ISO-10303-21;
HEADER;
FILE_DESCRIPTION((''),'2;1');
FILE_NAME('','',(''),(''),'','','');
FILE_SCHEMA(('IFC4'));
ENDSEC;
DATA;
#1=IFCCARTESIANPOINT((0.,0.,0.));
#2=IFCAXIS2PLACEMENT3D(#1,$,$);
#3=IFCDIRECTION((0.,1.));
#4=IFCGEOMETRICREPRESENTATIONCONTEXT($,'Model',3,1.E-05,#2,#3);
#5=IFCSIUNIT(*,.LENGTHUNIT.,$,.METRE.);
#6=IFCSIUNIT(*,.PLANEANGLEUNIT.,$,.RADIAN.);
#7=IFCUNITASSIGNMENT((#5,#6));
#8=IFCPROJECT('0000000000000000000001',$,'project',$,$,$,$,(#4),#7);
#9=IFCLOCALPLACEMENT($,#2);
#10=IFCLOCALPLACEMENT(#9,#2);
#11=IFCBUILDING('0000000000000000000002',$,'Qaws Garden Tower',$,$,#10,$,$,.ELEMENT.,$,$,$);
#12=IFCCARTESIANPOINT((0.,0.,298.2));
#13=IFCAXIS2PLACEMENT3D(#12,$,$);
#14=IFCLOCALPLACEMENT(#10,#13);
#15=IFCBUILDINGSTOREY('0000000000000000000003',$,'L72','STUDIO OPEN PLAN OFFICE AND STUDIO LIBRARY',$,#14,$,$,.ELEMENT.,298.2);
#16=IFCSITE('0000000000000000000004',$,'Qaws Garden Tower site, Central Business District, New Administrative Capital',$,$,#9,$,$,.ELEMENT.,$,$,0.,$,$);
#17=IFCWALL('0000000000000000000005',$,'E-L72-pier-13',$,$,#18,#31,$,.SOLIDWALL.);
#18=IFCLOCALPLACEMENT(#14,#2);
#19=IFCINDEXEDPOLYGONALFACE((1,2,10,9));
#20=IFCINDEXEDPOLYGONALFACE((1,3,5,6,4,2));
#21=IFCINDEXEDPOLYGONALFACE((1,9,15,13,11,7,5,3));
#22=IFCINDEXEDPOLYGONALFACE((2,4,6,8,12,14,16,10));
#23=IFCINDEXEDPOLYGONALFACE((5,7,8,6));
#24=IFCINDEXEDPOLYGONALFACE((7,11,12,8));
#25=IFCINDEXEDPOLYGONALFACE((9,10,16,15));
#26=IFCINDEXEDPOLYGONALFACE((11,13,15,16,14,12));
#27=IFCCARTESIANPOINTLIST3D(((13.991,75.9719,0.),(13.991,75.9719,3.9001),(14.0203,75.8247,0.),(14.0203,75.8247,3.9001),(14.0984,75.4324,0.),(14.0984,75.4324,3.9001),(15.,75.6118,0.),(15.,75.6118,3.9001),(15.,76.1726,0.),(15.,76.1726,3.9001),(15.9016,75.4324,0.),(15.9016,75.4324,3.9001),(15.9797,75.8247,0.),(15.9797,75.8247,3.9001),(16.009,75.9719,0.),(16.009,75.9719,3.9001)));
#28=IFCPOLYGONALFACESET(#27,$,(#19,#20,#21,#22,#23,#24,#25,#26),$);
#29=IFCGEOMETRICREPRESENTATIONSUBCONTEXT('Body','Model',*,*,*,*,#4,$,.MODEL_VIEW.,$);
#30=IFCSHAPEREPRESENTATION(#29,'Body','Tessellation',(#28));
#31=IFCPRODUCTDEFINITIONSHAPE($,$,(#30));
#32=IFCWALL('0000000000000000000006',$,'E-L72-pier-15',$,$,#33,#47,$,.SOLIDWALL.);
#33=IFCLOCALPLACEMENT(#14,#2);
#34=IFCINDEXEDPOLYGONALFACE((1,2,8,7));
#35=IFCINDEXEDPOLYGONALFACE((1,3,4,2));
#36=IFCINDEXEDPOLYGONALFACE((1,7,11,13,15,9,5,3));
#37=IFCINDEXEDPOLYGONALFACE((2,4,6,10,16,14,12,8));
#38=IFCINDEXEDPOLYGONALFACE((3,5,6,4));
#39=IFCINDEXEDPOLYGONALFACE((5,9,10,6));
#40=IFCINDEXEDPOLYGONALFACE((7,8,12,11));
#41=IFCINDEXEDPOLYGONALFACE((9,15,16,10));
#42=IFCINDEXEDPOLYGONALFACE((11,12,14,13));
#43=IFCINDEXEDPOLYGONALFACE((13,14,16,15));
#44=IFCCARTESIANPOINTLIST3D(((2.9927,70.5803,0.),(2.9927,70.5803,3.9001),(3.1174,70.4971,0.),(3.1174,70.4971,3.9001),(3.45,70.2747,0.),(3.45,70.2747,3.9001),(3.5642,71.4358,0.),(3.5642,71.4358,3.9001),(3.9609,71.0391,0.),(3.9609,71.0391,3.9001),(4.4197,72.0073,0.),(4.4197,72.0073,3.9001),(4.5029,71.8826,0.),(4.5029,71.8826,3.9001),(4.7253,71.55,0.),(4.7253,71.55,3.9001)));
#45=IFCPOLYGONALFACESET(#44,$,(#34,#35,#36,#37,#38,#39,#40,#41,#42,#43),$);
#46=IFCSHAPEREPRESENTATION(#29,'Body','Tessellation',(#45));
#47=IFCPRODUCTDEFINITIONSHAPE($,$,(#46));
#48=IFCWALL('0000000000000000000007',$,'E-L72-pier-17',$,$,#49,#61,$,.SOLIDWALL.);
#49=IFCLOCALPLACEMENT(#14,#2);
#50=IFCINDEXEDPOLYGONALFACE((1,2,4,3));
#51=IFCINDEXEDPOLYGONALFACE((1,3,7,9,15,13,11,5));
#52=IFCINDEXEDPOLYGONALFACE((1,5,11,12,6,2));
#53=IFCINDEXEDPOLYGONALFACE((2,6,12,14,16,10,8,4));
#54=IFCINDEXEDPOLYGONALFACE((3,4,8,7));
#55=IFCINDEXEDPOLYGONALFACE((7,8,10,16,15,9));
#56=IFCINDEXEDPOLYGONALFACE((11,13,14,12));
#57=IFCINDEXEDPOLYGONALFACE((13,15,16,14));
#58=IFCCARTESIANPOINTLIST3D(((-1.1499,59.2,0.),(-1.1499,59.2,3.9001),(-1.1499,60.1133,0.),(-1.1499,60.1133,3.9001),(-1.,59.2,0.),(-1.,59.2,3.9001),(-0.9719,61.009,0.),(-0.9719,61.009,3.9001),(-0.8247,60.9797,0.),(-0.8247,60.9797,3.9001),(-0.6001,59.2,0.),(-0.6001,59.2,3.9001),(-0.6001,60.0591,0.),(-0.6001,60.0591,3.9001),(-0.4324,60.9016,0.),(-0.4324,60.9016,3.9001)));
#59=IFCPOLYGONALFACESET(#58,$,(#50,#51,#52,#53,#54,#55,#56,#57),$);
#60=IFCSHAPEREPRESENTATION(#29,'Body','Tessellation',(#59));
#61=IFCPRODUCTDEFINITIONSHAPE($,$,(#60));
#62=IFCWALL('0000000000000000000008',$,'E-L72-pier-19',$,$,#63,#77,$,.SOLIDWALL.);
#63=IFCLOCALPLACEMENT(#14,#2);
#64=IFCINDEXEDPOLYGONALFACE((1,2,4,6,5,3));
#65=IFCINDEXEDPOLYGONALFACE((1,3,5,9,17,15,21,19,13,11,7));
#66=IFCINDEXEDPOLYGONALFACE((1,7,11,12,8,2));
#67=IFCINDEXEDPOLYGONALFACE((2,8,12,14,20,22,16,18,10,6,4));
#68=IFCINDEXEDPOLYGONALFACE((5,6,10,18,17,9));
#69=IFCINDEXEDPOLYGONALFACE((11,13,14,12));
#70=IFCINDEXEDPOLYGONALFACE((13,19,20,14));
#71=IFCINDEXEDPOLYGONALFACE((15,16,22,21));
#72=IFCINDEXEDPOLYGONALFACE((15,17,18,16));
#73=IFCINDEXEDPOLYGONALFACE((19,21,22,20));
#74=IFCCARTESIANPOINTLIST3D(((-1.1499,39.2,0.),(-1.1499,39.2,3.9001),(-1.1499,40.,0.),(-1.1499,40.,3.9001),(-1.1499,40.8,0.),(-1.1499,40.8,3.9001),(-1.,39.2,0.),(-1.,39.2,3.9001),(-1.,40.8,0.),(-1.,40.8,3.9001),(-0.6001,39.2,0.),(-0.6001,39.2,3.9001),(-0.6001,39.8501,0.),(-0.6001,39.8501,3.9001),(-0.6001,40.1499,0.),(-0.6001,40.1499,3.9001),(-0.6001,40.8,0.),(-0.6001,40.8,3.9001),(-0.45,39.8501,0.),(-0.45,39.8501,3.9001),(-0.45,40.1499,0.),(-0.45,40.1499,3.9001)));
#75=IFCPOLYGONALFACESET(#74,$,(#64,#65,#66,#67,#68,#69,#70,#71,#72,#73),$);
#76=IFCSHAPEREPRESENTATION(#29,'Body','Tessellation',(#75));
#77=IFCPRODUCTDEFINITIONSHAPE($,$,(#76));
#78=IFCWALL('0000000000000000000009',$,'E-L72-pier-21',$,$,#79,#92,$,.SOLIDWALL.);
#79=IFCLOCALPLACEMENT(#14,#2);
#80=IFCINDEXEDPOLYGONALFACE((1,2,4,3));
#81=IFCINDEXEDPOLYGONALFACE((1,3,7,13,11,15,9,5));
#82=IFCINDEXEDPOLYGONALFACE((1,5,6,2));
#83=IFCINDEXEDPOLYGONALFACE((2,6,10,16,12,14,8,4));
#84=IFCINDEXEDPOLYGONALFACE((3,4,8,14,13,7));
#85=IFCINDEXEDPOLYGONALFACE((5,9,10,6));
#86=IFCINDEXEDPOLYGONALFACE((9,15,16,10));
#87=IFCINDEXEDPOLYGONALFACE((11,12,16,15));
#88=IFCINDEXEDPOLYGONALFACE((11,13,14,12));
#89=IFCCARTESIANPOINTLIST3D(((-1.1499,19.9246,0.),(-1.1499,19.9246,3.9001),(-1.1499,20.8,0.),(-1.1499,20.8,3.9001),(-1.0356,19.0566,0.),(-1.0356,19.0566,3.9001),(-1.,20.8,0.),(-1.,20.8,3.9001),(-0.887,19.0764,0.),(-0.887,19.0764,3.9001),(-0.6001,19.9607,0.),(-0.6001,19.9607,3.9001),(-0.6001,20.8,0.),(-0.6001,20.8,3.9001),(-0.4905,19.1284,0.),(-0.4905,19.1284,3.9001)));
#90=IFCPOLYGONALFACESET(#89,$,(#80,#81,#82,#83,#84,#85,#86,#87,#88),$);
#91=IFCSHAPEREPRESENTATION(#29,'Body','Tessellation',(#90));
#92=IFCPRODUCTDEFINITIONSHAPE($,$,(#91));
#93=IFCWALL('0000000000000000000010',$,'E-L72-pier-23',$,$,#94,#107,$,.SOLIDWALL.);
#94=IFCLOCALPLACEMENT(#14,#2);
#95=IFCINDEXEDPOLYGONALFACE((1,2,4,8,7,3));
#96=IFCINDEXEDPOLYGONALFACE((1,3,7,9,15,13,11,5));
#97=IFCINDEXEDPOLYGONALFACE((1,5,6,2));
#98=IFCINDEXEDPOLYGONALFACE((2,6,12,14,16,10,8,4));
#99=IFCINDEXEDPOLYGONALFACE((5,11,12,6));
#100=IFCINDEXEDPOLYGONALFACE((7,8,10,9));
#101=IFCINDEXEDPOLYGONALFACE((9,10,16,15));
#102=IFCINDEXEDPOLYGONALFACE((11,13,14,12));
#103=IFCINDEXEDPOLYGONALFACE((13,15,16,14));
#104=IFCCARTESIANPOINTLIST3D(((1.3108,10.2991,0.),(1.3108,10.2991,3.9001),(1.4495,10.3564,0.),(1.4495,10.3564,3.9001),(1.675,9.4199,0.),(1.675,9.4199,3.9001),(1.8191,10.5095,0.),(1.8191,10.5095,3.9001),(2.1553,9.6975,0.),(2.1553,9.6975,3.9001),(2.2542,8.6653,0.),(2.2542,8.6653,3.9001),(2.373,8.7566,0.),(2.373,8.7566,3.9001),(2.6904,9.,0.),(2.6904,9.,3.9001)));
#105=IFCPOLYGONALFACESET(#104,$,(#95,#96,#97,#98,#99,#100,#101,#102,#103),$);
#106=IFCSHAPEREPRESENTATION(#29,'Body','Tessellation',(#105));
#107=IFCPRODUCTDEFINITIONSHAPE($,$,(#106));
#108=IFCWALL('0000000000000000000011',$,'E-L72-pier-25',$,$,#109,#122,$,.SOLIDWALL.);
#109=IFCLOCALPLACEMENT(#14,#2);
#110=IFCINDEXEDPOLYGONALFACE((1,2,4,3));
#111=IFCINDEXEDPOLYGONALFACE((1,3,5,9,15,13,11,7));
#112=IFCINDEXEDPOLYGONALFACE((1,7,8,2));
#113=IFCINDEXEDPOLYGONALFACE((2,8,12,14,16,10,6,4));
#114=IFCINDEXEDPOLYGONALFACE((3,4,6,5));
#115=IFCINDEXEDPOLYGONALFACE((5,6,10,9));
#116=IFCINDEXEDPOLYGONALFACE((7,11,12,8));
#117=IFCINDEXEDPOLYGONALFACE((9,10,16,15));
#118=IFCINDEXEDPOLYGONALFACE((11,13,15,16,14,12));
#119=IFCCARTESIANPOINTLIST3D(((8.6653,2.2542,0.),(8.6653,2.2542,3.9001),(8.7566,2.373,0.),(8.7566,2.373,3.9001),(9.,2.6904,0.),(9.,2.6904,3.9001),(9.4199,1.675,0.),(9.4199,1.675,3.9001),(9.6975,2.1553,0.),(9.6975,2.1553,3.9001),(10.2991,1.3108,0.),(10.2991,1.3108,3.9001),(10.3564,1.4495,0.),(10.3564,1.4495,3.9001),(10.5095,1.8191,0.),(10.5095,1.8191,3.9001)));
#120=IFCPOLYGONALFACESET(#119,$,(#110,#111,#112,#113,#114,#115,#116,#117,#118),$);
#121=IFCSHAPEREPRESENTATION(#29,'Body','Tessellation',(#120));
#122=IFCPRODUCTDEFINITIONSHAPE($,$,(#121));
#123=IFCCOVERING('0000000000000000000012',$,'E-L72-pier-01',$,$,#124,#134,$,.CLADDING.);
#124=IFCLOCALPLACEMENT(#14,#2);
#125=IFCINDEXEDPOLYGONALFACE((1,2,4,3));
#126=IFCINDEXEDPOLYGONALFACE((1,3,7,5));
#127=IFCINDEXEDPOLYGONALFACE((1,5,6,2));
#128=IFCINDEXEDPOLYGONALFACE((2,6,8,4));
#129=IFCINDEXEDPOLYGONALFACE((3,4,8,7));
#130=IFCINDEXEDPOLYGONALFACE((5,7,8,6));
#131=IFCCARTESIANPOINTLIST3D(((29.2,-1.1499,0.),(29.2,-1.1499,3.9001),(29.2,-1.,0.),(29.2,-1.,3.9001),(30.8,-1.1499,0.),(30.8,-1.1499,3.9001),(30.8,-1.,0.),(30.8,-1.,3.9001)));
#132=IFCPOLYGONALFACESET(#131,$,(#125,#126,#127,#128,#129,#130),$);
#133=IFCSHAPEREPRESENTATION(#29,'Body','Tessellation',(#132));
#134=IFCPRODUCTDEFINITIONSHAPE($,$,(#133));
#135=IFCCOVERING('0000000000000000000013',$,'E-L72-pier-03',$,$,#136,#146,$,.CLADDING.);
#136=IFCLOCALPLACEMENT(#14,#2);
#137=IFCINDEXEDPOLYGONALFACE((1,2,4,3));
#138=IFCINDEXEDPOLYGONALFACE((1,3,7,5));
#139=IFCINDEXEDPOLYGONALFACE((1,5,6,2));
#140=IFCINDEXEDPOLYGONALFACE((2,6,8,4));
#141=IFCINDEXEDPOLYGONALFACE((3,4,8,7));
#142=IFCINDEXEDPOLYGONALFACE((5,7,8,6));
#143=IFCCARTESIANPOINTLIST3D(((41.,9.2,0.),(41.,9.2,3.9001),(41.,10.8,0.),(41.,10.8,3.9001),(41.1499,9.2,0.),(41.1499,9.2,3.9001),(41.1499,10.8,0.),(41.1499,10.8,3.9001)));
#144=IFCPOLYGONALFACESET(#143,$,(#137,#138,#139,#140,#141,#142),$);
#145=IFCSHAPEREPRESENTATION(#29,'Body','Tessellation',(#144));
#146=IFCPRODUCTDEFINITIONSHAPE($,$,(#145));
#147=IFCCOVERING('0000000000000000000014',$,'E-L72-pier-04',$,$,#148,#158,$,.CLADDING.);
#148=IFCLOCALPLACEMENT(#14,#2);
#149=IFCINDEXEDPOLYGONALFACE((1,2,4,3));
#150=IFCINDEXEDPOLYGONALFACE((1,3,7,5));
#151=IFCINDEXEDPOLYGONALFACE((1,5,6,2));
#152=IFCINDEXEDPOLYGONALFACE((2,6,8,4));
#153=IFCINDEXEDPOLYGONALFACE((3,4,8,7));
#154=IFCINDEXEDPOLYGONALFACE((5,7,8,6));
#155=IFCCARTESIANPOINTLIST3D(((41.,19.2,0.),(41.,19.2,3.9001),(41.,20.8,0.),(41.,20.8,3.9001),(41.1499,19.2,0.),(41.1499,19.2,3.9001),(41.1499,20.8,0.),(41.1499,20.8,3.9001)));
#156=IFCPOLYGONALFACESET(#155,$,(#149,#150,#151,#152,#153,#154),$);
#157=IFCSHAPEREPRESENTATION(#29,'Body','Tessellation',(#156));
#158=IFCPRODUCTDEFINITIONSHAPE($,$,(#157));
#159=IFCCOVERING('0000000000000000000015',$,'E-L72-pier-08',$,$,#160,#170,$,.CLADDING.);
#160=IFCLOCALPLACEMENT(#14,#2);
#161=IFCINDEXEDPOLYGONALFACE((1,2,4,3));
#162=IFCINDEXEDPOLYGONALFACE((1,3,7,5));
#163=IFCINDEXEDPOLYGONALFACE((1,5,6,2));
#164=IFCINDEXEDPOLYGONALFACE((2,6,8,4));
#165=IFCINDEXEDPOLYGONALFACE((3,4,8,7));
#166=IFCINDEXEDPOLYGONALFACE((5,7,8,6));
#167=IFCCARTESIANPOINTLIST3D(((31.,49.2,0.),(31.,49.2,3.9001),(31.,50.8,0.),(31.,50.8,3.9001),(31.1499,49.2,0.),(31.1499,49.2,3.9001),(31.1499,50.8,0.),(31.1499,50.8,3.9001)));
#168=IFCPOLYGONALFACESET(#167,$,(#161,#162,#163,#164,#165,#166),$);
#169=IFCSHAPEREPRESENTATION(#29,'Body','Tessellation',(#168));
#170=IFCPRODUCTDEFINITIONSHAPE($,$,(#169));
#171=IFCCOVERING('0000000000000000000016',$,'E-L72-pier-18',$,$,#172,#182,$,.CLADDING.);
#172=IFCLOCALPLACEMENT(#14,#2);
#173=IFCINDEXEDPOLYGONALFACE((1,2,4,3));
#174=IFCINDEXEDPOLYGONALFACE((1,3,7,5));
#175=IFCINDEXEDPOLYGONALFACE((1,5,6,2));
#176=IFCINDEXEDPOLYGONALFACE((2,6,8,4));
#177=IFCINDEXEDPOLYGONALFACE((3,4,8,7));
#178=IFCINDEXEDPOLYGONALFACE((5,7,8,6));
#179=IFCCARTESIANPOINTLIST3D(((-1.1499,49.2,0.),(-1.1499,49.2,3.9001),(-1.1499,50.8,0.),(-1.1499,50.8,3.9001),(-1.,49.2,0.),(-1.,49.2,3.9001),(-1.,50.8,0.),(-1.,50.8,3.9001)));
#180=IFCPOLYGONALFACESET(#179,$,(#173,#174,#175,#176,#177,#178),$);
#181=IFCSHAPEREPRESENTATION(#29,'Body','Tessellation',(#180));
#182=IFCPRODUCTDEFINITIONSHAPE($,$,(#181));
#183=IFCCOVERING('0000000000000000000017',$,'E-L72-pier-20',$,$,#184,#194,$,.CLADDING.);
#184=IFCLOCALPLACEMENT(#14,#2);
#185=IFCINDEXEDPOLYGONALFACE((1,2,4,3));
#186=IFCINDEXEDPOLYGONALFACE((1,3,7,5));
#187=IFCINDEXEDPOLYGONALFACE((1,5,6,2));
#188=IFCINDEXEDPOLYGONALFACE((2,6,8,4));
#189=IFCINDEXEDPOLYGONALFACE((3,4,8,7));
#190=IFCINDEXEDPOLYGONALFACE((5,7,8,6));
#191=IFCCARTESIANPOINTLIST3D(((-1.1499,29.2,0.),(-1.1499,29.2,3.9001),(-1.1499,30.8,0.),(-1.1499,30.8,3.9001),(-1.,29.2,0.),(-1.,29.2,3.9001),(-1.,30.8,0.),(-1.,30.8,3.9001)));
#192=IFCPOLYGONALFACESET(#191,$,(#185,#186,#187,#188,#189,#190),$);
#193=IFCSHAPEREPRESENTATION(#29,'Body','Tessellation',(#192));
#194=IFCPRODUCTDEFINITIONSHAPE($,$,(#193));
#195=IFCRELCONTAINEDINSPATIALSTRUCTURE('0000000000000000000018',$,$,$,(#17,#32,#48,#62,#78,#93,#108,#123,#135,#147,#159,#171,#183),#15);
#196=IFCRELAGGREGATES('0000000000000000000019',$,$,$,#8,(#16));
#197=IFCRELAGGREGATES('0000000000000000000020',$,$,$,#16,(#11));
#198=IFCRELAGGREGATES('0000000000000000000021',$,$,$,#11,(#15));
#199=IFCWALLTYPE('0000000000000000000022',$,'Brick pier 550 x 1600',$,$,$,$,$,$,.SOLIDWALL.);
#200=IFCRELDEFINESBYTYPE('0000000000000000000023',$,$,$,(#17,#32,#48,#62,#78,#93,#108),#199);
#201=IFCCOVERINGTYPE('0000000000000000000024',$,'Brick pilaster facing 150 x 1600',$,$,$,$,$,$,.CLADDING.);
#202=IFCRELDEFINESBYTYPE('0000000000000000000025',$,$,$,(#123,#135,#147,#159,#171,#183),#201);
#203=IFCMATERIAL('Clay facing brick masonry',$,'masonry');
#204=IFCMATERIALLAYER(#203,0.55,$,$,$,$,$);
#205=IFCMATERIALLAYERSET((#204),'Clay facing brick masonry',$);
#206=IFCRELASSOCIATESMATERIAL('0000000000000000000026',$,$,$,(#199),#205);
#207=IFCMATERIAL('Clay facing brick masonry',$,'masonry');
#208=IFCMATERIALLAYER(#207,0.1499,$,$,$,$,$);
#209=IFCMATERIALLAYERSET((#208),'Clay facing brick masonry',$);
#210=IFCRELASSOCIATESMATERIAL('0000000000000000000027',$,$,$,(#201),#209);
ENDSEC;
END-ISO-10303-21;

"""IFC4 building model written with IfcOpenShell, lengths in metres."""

from ifc_helpers import new_model, si_unit, direction, frame, origin, place, context, subcontext, project, spatial, polyline, outline, extrude, material, layer, layer_set, type_object, element, save


model = new_model("IFC4")

# Units and contexts
model_context = context("Model", 3, precision=1e-05, world=origin(), true_north=direction((0.0, 1.0)))
body_context = subcontext(model_context, "Body", "Model", "MODEL_VIEW")
ifc_project = project(units=[si_unit("LENGTHUNIT", "METRE"), si_unit("PLANEANGLEUNIT", "RADIAN")], contexts=[model_context])

# Site, building, storey
site_placement = place(None, origin())
site = spatial("IfcSite", under=ifc_project, at=site_placement, Name="Qaws Garden Tower site, Central Business District, New Administrative Capital", CompositionType="ELEMENT", RefElevation=0.0)
building_placement = place(site_placement, origin())
building = spatial("IfcBuilding", under=site, at=building_placement, Name="Qaws Garden Tower", CompositionType="ELEMENT")
storey_placement = place(building_placement, frame((0.0, 0.0, 298.2)))
storey = spatial("IfcBuildingStorey", under=building, at=storey_placement, Name="L72", Description="STUDIO OPEN PLAN OFFICE AND STUDIO LIBRARY", CompositionType="ELEMENT", Elevation=298.2)

# Walls
placement = place(storey_placement, origin())
ifc_material_1 = material(Name="Clay facing brick masonry", Category="masonry")
ifc_layer_1 = layer(ifc_material_1, 0.55)
ifc_layer_set_1 = layer_set([ifc_layer_1], Name="Clay facing brick masonry")
wall_type_1 = type_object("IfcWallType", Name="Brick pier 550 x 1600", PredefinedType="SOLIDWALL", material=ifc_layer_set_1)
element("IfcWall", 1, at=placement, inside=storey, type_object=wall_type_1, Name="E-L72-pier-13", PredefinedType="SOLIDWALL", context=body_context, shape_type="SweptSolid", body=[
    extrude(outline(polyline([(15.9797, 75.8247), (16.009, 75.9719), (15.0, 76.1726), (13.991, 75.9719), (14.0203, 75.8247), (14.0984, 75.4324), (15.0, 75.6118), (15.9016, 75.4324), (15.9797, 75.8247)])), origin(), (0.0, 0.0, 1.0), 3.9001),
])
element("IfcWall", 2, at=placement, inside=storey, type_object=wall_type_1, Name="E-L72-pier-15", PredefinedType="SOLIDWALL", context=body_context, shape_type="SweptSolid", body=[
    extrude(outline(polyline([(4.5029, 71.8826), (4.4197, 72.0073), (3.5642, 71.4358), (2.9927, 70.5803), (3.1174, 70.4971), (3.45, 70.2747), (3.9609, 71.0391), (4.7253, 71.55), (4.5029, 71.8826)])), origin(), (0.0, 0.0, 1.0), 3.9001),
])
element("IfcWall", 3, at=placement, inside=storey, type_object=wall_type_1, Name="E-L72-pier-17", PredefinedType="SOLIDWALL", context=body_context, shape_type="SweptSolid", body=[
    extrude(outline(polyline([(-0.8247, 60.9797), (-0.9719, 61.009), (-1.1499, 60.1133), (-1.1499, 59.2), (-1.0, 59.2), (-0.6001, 59.2), (-0.6001, 60.0591), (-0.4324, 60.9016), (-0.8247, 60.9797)])), origin(), (0.0, 0.0, 1.0), 3.9001),
])
element("IfcWall", 4, at=placement, inside=storey, type_object=wall_type_1, Name="E-L72-pier-19", PredefinedType="SOLIDWALL", context=body_context, shape_type="SweptSolid", body=[
    extrude(outline(polyline([(-0.6001, 39.2), (-0.6001, 39.8501), (-0.45, 39.8501), (-0.45, 40.1499), (-0.6001, 40.1499), (-0.6001, 40.8), (-1.0, 40.8), (-1.1499, 40.8), (-1.1499, 40.0), (-1.1499, 39.2), (-1.0, 39.2), (-0.6001, 39.2)])), origin(), (0.0, 0.0, 1.0), 3.9001),
])
element("IfcWall", 5, at=placement, inside=storey, type_object=wall_type_1, Name="E-L72-pier-21", PredefinedType="SOLIDWALL", context=body_context, shape_type="SweptSolid", body=[
    extrude(outline(polyline([(-1.0, 20.8), (-1.1499, 20.8), (-1.1499, 19.9246), (-1.0356, 19.0566), (-0.887, 19.0764), (-0.4905, 19.1284), (-0.6001, 19.9607), (-0.6001, 20.8), (-1.0, 20.8)])), origin(), (0.0, 0.0, 1.0), 3.9001),
])
element("IfcWall", 6, at=placement, inside=storey, type_object=wall_type_1, Name="E-L72-pier-23", PredefinedType="SOLIDWALL", context=body_context, shape_type="SweptSolid", body=[
    extrude(outline(polyline([(1.4495, 10.3564), (1.3108, 10.2991), (1.675, 9.4199), (2.2542, 8.6653), (2.373, 8.7566), (2.6904, 9.0), (2.1553, 9.6975), (1.8191, 10.5095), (1.4495, 10.3564)])), origin(), (0.0, 0.0, 1.0), 3.9001),
])
element("IfcWall", 7, at=placement, inside=storey, type_object=wall_type_1, Name="E-L72-pier-25", PredefinedType="SOLIDWALL", context=body_context, shape_type="SweptSolid", body=[
    extrude(outline(polyline([(8.7566, 2.373), (8.6653, 2.2542), (9.4199, 1.675), (10.2991, 1.3108), (10.3564, 1.4495), (10.5095, 1.8191), (9.6975, 2.1553), (9.0, 2.6904), (8.7566, 2.373)])), origin(), (0.0, 0.0, 1.0), 3.9001),
])

# Coverings
ifc_material_2 = material(Name="Clay facing brick masonry", Category="masonry")
ifc_layer_2 = layer(ifc_material_2, 0.1499)
ifc_layer_set_2 = layer_set([ifc_layer_2], Name="Clay facing brick masonry")
covering_type = type_object("IfcCoveringType", Name="Brick pilaster facing 150 x 1600", PredefinedType="CLADDING", material=ifc_layer_set_2)
element("IfcCovering", 8, at=placement, inside=storey, type_object=covering_type, Name="E-L72-pier-01", PredefinedType="CLADDING", context=body_context, shape_type="SweptSolid", body=[
    extrude(outline(polyline([(29.2, -1.0), (30.8, -1.0), (30.8, -1.1499), (29.2, -1.1499), (29.2, -1.0)])), origin(), (0.0, 0.0, 1.0), 3.9001),
])
element("IfcCovering", 9, at=placement, inside=storey, type_object=covering_type, Name="E-L72-pier-03", PredefinedType="CLADDING", context=body_context, shape_type="SweptSolid", body=[
    extrude(outline(polyline([(41.0, 9.2), (41.0, 10.8), (41.1499, 10.8), (41.1499, 9.2), (41.0, 9.2)])), origin(), (0.0, 0.0, 1.0), 3.9001),
])
element("IfcCovering", 10, at=placement, inside=storey, type_object=covering_type, Name="E-L72-pier-04", PredefinedType="CLADDING", context=body_context, shape_type="SweptSolid", body=[
    extrude(outline(polyline([(41.0, 19.2), (41.0, 20.8), (41.1499, 20.8), (41.1499, 19.2), (41.0, 19.2)])), origin(), (0.0, 0.0, 1.0), 3.9001),
])
element("IfcCovering", 11, at=placement, inside=storey, type_object=covering_type, Name="E-L72-pier-08", PredefinedType="CLADDING", context=body_context, shape_type="SweptSolid", body=[
    extrude(outline(polyline([(31.0, 49.2), (31.0, 50.8), (31.1499, 50.8), (31.1499, 49.2), (31.0, 49.2)])), origin(), (0.0, 0.0, 1.0), 3.9001),
])
element("IfcCovering", 12, at=placement, inside=storey, type_object=covering_type, Name="E-L72-pier-18", PredefinedType="CLADDING", context=body_context, shape_type="SweptSolid", body=[
    extrude(outline(polyline([(-1.0, 50.8), (-1.0, 49.2), (-1.1499, 49.2), (-1.1499, 50.8), (-1.0, 50.8)])), origin(), (0.0, 0.0, 1.0), 3.9001),
])
element("IfcCovering", 13, at=placement, inside=storey, type_object=covering_type, Name="E-L72-pier-20", PredefinedType="CLADDING", context=body_context, shape_type="SweptSolid", body=[
    extrude(outline(polyline([(-1.0, 30.8), (-1.0, 29.2), (-1.1499, 29.2), (-1.1499, 30.8), (-1.0, 30.8)])), origin(), (0.0, 0.0, 1.0), 3.9001),
])

save(model, "model.ifc")
